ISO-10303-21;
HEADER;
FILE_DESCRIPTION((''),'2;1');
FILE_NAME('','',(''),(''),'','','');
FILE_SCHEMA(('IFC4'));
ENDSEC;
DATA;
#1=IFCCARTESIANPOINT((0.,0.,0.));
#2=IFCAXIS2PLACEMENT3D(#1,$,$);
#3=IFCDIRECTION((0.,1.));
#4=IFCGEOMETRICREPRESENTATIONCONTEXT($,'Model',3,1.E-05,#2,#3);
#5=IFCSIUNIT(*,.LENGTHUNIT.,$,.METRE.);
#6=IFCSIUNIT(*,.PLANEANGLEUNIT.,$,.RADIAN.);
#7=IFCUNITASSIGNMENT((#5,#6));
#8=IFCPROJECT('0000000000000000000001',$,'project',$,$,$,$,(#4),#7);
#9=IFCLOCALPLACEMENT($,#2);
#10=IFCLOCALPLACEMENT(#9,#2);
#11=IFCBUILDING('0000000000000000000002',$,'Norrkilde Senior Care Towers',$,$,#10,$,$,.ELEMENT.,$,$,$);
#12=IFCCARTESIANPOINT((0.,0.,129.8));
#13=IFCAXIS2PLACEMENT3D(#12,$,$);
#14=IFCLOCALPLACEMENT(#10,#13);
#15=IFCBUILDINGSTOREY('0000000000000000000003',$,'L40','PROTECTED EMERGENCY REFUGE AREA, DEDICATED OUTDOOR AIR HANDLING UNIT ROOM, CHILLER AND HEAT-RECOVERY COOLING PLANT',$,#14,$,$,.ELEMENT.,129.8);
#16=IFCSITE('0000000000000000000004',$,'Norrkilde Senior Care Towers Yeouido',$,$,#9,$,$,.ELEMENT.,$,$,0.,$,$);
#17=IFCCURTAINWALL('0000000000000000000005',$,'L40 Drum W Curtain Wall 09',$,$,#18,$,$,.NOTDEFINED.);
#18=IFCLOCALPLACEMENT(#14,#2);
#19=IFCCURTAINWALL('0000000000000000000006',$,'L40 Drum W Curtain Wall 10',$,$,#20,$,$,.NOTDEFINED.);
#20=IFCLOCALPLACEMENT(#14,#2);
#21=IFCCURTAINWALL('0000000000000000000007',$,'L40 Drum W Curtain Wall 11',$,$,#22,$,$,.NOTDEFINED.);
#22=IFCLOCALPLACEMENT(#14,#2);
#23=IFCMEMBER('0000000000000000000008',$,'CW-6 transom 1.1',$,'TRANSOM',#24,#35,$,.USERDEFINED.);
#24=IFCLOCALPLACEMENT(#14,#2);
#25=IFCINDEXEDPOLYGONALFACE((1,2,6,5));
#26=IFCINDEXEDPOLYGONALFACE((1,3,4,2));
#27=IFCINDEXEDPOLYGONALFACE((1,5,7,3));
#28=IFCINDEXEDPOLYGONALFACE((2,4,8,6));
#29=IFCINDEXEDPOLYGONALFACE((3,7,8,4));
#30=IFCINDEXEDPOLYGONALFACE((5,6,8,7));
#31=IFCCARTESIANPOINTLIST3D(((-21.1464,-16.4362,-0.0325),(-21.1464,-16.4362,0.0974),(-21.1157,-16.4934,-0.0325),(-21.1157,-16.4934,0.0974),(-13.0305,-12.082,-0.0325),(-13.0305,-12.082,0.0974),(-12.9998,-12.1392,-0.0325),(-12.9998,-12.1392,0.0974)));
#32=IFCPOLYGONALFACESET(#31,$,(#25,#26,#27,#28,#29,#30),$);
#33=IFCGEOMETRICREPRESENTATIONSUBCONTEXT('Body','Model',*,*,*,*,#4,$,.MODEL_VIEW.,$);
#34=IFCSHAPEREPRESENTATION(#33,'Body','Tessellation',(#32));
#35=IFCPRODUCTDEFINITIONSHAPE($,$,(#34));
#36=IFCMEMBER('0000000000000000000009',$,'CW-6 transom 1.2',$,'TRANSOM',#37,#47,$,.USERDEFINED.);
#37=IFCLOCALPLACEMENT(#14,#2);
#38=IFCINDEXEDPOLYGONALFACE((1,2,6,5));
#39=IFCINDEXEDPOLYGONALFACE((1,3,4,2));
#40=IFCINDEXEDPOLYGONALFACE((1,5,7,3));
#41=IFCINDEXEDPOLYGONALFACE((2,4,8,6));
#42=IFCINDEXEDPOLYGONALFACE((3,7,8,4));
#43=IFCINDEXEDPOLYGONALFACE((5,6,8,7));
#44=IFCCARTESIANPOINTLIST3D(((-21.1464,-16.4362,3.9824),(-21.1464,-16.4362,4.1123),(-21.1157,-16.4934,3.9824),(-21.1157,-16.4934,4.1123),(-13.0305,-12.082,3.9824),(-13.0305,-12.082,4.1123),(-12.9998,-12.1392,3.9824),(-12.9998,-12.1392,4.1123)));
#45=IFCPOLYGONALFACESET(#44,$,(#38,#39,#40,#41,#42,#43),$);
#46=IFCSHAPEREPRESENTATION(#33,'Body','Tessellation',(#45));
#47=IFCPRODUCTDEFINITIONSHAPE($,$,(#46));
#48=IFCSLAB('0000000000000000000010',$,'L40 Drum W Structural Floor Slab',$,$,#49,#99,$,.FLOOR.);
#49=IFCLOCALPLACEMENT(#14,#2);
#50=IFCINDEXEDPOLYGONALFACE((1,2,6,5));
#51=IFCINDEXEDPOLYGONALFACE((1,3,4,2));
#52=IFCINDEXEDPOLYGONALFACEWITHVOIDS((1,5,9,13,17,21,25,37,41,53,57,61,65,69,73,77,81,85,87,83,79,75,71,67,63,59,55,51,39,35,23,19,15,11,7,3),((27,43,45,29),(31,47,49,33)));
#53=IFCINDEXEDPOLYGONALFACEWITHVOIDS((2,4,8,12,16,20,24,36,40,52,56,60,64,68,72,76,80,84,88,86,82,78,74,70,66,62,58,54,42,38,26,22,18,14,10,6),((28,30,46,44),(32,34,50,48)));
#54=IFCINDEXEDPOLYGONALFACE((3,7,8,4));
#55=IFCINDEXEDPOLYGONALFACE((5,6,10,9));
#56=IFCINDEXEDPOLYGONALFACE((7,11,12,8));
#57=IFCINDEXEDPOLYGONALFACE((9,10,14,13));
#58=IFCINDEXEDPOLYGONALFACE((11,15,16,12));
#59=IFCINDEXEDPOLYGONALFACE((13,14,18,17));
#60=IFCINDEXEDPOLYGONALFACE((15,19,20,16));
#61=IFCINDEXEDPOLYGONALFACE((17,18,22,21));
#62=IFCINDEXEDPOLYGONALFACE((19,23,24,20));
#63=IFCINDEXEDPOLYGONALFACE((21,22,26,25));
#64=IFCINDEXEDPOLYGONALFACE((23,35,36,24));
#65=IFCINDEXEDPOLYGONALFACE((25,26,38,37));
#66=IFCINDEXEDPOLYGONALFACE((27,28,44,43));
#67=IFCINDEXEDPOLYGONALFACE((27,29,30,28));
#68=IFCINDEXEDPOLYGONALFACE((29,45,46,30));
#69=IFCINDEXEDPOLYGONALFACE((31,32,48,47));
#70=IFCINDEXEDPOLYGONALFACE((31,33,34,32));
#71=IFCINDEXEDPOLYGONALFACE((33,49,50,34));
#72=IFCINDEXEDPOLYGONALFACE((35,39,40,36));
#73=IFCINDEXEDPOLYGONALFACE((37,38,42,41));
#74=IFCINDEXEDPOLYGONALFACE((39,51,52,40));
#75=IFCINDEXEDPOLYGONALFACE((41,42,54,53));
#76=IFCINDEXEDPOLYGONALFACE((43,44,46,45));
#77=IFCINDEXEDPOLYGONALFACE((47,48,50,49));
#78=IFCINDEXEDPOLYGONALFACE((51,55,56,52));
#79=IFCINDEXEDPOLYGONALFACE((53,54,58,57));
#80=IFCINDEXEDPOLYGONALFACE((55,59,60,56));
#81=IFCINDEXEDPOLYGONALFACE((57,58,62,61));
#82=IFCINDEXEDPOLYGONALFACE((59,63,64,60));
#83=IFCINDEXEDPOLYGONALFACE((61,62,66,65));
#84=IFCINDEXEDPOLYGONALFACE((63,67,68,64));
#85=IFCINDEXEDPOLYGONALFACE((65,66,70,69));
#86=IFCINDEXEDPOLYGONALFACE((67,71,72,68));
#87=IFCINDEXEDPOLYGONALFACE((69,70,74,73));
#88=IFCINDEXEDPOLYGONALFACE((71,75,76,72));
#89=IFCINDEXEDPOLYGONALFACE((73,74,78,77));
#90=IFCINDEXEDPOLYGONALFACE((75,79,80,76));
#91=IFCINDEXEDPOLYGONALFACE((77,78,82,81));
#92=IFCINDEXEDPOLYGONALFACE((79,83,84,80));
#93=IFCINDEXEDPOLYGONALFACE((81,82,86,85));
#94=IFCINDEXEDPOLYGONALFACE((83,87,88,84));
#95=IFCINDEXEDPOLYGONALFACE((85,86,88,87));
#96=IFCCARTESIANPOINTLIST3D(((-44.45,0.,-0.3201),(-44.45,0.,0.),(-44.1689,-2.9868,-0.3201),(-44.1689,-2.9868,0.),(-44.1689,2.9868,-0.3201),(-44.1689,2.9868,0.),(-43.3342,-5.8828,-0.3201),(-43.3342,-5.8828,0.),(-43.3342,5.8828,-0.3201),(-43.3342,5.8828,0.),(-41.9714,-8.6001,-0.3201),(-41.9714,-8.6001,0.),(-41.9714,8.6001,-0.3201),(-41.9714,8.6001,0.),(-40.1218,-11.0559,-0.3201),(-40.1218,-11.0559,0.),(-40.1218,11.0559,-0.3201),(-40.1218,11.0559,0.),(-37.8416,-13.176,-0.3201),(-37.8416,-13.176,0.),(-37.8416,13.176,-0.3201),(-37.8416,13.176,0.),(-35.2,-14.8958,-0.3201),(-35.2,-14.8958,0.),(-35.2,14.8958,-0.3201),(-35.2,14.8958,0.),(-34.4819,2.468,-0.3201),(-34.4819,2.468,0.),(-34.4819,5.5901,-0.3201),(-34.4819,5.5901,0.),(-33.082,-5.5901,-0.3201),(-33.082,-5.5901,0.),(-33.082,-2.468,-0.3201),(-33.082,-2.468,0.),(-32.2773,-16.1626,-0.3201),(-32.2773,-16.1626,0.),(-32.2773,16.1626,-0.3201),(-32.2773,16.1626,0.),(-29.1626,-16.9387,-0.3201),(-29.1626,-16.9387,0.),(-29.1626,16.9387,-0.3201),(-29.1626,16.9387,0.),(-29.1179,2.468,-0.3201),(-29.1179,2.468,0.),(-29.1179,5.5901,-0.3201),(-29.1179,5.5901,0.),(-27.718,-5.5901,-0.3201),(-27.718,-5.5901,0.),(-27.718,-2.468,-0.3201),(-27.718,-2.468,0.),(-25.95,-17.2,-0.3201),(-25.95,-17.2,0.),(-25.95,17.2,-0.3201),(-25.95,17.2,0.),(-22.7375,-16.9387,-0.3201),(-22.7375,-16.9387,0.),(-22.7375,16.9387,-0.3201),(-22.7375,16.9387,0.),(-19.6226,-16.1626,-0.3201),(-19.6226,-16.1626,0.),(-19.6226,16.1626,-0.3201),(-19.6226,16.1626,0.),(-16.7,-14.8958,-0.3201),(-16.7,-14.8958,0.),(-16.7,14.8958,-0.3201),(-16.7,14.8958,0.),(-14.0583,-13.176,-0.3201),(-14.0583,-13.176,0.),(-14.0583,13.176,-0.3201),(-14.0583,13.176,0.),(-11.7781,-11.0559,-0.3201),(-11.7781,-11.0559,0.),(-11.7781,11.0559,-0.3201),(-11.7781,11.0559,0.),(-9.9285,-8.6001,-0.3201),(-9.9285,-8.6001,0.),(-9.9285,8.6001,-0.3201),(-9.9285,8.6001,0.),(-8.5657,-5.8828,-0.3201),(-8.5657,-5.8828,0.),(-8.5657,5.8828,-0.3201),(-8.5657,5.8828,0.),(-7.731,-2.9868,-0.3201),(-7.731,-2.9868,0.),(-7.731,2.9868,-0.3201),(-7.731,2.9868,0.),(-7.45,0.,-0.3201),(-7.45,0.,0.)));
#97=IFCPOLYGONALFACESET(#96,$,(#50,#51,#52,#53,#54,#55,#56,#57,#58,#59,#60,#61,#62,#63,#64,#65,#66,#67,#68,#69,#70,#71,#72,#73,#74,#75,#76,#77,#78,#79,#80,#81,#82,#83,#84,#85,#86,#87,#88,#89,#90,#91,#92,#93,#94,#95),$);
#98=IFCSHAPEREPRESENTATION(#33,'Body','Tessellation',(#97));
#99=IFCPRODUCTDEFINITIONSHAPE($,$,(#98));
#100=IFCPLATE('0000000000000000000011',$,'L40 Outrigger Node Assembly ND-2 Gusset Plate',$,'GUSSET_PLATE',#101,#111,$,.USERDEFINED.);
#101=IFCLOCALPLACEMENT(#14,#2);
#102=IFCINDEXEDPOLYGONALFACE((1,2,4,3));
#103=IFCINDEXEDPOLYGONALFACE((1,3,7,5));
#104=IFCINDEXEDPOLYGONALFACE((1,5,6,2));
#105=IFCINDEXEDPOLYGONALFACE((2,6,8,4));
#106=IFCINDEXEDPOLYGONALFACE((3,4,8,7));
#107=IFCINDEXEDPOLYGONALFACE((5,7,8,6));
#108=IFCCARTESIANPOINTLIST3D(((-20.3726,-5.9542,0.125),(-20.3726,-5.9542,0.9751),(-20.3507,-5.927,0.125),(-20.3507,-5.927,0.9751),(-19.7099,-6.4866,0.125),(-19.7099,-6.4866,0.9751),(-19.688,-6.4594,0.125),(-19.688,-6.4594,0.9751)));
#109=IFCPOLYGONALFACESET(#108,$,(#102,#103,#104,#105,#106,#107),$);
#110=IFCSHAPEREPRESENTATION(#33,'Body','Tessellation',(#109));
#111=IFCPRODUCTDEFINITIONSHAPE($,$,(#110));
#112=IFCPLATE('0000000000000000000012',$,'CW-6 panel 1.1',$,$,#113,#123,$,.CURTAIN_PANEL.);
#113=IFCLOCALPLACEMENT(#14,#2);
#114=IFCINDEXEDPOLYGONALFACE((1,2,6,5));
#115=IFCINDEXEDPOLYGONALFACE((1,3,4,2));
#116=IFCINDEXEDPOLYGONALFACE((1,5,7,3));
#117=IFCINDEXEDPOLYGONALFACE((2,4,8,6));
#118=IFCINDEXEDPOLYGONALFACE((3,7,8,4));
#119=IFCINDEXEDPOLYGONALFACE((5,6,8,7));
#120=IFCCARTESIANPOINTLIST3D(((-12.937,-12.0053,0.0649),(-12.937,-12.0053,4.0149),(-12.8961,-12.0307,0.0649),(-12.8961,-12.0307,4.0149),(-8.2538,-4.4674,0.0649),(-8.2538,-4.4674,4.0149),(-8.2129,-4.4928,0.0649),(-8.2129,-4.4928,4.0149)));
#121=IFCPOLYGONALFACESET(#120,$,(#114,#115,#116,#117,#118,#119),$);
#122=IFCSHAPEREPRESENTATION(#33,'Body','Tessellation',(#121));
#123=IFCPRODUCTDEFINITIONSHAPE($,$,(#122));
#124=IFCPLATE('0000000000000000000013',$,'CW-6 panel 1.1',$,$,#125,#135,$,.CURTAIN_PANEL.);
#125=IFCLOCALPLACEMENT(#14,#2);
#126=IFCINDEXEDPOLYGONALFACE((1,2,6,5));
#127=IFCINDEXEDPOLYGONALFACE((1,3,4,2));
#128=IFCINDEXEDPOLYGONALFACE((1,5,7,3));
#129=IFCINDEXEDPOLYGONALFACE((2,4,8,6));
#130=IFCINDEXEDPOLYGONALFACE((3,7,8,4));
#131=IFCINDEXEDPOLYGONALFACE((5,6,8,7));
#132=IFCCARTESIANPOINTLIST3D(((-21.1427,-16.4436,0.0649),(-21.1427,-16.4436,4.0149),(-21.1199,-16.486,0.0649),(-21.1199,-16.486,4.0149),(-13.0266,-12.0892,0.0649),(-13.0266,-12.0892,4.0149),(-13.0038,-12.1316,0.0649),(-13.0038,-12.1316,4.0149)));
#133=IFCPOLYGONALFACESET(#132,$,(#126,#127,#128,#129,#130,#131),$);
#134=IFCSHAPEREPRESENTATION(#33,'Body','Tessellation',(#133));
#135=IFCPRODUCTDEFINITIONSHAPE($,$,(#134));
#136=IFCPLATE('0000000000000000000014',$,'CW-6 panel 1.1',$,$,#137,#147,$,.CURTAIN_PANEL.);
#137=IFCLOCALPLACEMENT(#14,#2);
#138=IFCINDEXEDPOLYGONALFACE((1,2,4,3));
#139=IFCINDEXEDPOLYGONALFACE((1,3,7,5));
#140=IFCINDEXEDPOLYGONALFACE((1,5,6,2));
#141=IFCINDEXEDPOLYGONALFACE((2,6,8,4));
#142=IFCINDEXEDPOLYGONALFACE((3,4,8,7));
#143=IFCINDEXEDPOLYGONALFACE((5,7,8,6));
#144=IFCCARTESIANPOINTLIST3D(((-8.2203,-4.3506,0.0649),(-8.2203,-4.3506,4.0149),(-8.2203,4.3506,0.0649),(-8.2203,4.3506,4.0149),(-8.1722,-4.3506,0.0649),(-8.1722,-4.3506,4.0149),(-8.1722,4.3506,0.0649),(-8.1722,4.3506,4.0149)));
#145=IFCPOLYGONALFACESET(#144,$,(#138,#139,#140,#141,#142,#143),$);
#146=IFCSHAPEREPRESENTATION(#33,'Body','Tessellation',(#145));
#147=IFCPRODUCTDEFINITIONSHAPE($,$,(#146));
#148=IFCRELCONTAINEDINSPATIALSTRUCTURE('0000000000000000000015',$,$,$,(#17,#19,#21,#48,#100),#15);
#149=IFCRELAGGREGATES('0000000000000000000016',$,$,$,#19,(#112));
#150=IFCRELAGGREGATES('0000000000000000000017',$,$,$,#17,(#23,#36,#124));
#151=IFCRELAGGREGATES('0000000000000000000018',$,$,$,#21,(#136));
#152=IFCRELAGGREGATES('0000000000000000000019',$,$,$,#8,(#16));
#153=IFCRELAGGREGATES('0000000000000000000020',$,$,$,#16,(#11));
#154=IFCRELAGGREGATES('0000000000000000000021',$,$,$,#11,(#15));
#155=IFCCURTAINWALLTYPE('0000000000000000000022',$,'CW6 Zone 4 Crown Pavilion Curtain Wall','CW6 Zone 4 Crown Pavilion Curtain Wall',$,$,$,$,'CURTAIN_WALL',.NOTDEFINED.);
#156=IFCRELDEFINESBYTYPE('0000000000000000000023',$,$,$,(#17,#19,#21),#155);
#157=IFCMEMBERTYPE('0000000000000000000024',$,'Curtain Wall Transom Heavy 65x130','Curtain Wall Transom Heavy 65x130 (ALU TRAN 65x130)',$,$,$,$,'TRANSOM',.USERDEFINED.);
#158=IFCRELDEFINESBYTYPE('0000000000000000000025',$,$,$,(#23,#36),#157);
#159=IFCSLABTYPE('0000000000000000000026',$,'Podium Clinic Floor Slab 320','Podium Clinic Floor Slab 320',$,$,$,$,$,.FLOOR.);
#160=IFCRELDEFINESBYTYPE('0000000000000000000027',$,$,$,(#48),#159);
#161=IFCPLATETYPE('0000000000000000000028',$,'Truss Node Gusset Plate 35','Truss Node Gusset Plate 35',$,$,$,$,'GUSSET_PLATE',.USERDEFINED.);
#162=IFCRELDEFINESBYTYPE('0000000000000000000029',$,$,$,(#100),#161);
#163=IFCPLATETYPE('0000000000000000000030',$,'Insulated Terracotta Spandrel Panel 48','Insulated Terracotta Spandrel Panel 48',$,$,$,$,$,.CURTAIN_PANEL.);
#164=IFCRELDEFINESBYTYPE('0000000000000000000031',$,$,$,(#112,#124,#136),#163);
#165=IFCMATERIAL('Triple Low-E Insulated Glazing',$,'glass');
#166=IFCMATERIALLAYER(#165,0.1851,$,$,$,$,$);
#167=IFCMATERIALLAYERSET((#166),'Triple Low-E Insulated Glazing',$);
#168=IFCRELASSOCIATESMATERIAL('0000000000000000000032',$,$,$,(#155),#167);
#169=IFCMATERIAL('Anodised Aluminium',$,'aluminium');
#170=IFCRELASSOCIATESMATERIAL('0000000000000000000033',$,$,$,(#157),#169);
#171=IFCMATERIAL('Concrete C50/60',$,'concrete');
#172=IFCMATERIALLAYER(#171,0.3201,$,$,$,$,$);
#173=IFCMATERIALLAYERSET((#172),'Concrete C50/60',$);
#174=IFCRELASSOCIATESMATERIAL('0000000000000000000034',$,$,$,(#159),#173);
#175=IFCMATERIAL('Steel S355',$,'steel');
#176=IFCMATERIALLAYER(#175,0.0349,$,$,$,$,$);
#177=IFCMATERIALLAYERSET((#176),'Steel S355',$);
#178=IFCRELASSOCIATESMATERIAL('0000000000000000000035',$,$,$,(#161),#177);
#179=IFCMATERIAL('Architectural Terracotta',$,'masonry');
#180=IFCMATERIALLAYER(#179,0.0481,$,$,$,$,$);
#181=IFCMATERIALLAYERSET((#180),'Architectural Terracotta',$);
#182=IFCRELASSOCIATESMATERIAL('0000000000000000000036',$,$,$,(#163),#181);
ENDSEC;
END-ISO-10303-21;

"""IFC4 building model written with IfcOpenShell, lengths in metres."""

from ifc_helpers import new_model, si_unit, direction, frame, origin, origin_2d, place, context, subcontext, project, spatial, polyline, rectangle, outline, extrude, source, transform, mapped, material, layer, layer_set, material_profile, profile_set, type_object, type_shapes, element, aggregate, save


model = new_model("IFC4")

# Units and contexts
model_context = context("Model", 3, precision=1e-05, world=origin(), true_north=direction((0.0, 1.0)))
body_context = subcontext(model_context, "Body", "Model", "MODEL_VIEW")
ifc_project = project(units=[si_unit("LENGTHUNIT", "METRE"), si_unit("PLANEANGLEUNIT", "RADIAN")], contexts=[model_context])

# Site, building, storey
site_placement = place(None, origin())
site = spatial("IfcSite", under=ifc_project, at=site_placement, Name="Norrkilde Senior Care Towers Yeouido", CompositionType="ELEMENT", RefElevation=0.0)
building_placement = place(site_placement, origin())
building = spatial("IfcBuilding", under=site, at=building_placement, Name="Norrkilde Senior Care Towers", CompositionType="ELEMENT")
storey_placement = place(building_placement, frame((0.0, 0.0, 129.8)))
storey = spatial("IfcBuildingStorey", under=building, at=storey_placement, Name="L40", Description="PROTECTED EMERGENCY REFUGE AREA, DEDICATED OUTDOOR AIR HANDLING UNIT ROOM, CHILLER AND HEAT-RECOVERY COOLING PLANT", CompositionType="ELEMENT", Elevation=129.8)

# Shared definitions
ifc_material_1 = material(Name="Steel S355", Category="steel")

# Curtain wall
ifc_material_2 = material(Name="Triple Low-E Insulated Glazing", Category="glass")
ifc_layer_1 = layer(ifc_material_2, 0.1851)
ifc_layer_set_1 = layer_set([ifc_layer_1], Name="Triple Low-E Insulated Glazing")
curtain_wall_type = type_object("IfcCurtainWallType", Name="CW6 Zone 4 Crown Pavilion Curtain Wall", Description="CW6 Zone 4 Crown Pavilion Curtain Wall", ElementType="CURTAIN_WALL", PredefinedType="NOTDEFINED", material=ifc_layer_set_1)
curtain_wall_1_placement = place(storey_placement, origin())
curtain_wall_1 = element("IfcCurtainWall", 1, at=curtain_wall_1_placement, inside=storey, type_object=curtain_wall_type, Name="L40 Drum W Curtain Wall 09", PredefinedType="NOTDEFINED")
ifc_material_3 = material(Name="Anodised Aluminium", Category="aluminium")

# Curtain wall
curtain_wall_2_placement = place(storey_placement, origin())
curtain_wall_2 = element("IfcCurtainWall", 2, at=curtain_wall_2_placement, inside=storey, type_object=curtain_wall_type, Name="L40 Drum W Curtain Wall 10", PredefinedType="NOTDEFINED")

# Curtain wall
curtain_wall_3_placement = place(storey_placement, origin())
curtain_wall_3 = element("IfcCurtainWall", 3, at=curtain_wall_3_placement, inside=storey, type_object=curtain_wall_type, Name="L40 Drum W Curtain Wall 11", PredefinedType="NOTDEFINED")

# Members
ifc_material_profile_1 = material_profile(ifc_material_3, rectangle(XDim=0.0649, YDim=0.1299, at=origin_2d()), Name="ALU TRAN 65x130")
ifc_profile_set_1 = profile_set([ifc_material_profile_1], Name="Anodised Aluminium")
member_type_1 = type_object("IfcMemberType", Name="Curtain Wall Transom Heavy 65x130", Description="Curtain Wall Transom Heavy 65x130 (ALU TRAN 65x130)", ElementType="TRANSOM", PredefinedType="USERDEFINED", material=ifc_profile_set_1)
shared_shape_1 = source(origin(), body_context, "Body", "SweptSolid", [
    extrude(rectangle(XDim=0.0649, YDim=0.1299, at=origin_2d()), origin(), (0.0, 0.0, 1.0), 9.2102),
])
member_1_placement = place(storey_placement, frame((-13.0151, -12.1106, 0.0325), z_axis=(-0.88119, -0.472762, 0.0), x_axis=(0.472762, -0.88119, 0.0)))
member_1 = element("IfcMember", 4, at=member_1_placement, type_object=member_type_1, Name="CW-6 transom 1.1", ObjectType="TRANSOM", PredefinedType="USERDEFINED", context=body_context, shape_type="MappedRepresentation", body=[
    mapped(shared_shape_1, transform((0.0, 0.0, 0.0), x_axis=(1.0, 0.0, 0.0), y_axis=(0.0, 1.0, 0.0), z_axis=(0.0, 0.0, 1.0), scale=1.0)),
])
member_2_placement = place(storey_placement, frame((-13.0151, -12.1106, 4.0474), z_axis=(-0.88119, -0.472762, 0.0), x_axis=(0.472762, -0.88119, 0.0)))
member_2 = element("IfcMember", 5, at=member_2_placement, type_object=member_type_1, Name="CW-6 transom 1.2", ObjectType="TRANSOM", PredefinedType="USERDEFINED", context=body_context, shape_type="MappedRepresentation", body=[
    mapped(shared_shape_1, transform((0.0, 0.0, 0.0), x_axis=(1.0, 0.0, 0.0), y_axis=(0.0, 1.0, 0.0), z_axis=(0.0, 0.0, 1.0), scale=1.0)),
])

# Slab
ifc_material_4 = material(Name="Concrete C50/60", Category="concrete")
ifc_layer_2 = layer(ifc_material_4, 0.3201)
ifc_layer_set_2 = layer_set([ifc_layer_2], Name="Concrete C50/60")
slab_type = type_object("IfcSlabType", Name="Podium Clinic Floor Slab 320", Description="Podium Clinic Floor Slab 320", PredefinedType="FLOOR", material=ifc_layer_set_2)
slab_placement = place(storey_placement, frame((0.0, 0.0, -0.3201)))
element("IfcSlab", 6, at=slab_placement, inside=storey, type_object=slab_type, Name="L40 Drum W Structural Floor Slab", PredefinedType="FLOOR", context=body_context, shape_type="SweptSolid", body=[
    extrude(outline(polyline([(-8.5657, -5.8828), (-9.9285, -8.6001), (-11.7781, -11.0559), (-14.0583, -13.176), (-16.7, -14.8958), (-19.6226, -16.1626), (-22.7375, -16.9387), (-25.95, -17.2), (-29.1626, -16.9387), (-32.2773, -16.1626), (-35.2, -14.8958), (-37.8416, -13.176), (-40.1218, -11.0559), (-41.9714, -8.6001), (-43.3342, -5.8828), (-44.1689, -2.9868), (-44.45, 0.0), (-44.1689, 2.9868), (-43.3342, 5.8828), (-41.9714, 8.6001), (-40.1218, 11.0559), (-37.8416, 13.176), (-35.2, 14.8958), (-32.2773, 16.1626), (-29.1626, 16.9387), (-25.95, 17.2), (-22.7375, 16.9387), (-19.6226, 16.1626), (-16.7, 14.8958), (-14.0583, 13.176), (-11.7781, 11.0559), (-9.9285, 8.6001), (-8.5657, 5.8828), (-7.731, 2.9868), (-7.45, 0.0), (-7.731, -2.9868), (-8.5657, -5.8828)]), holes=[polyline([(-34.4819, 2.468), (-29.1179, 2.468), (-29.1179, 5.5901), (-34.4819, 5.5901), (-34.4819, 2.468)]), polyline([(-27.718, -5.5901), (-27.718, -2.468), (-33.082, -2.468), (-33.082, -5.5901), (-27.718, -5.5901)])]), origin(), (0.0, 0.0, 1.0), 0.3201),
])

# Plates
ifc_layer_3 = layer(ifc_material_1, 0.0349)
ifc_layer_set_3 = layer_set([ifc_layer_3], Name="Steel S355")
plate_type_1 = type_object("IfcPlateType", Name="Truss Node Gusset Plate 35", Description="Truss Node Gusset Plate 35", ElementType="GUSSET_PLATE", PredefinedType="USERDEFINED", material=ifc_layer_set_3)
shared_shape_2 = source(origin(), body_context, "Body", "SweptSolid", [
    extrude(rectangle(XDim=0.8501, YDim=0.0349, at=origin_2d()), origin(), (0.0, 0.0, 1.0), 0.8501),
])
type_shapes(plate_type_1, [shared_shape_2])
plate_1_placement = place(storey_placement, frame((-20.0303, -6.2068, 0.125), z_axis=(0.0, 0.0, 1.0), x_axis=(0.779572, -0.626313, 0.0)))
element("IfcPlate", 7, at=plate_1_placement, inside=storey, type_object=plate_type_1, Name="L40 Outrigger Node Assembly ND-2 Gusset Plate", ObjectType="GUSSET_PLATE", PredefinedType="USERDEFINED", context=body_context, shape_type="MappedRepresentation", body=[
    mapped(shared_shape_2, transform((0.0, 0.0, 0.0), x_axis=(1.0, 0.0, 0.0), y_axis=(0.0, 1.0, 0.0), z_axis=(0.0, 0.0, 1.0), scale=1.0)),
])
ifc_material_5 = material(Name="Architectural Terracotta", Category="masonry")
ifc_layer_4 = layer(ifc_material_5, 0.0481)
ifc_layer_set_4 = layer_set([ifc_layer_4], Name="Architectural Terracotta")
plate_type_2 = type_object("IfcPlateType", Name="Insulated Terracotta Spandrel Panel 48", Description="Insulated Terracotta Spandrel Panel 48", PredefinedType="CURTAIN_PANEL", material=ifc_layer_set_4)
shared_shape_3 = source(origin(), body_context, "Body", "SweptSolid", [
    extrude(rectangle(XDim=8.8743, YDim=0.0481, at=origin_2d()), origin(), (0.0, 0.0, 1.0), 3.95),
])
plate_2_placement = place(storey_placement, frame((-10.575, -8.249, 0.0649), z_axis=(0.0, 0.0, 1.0), x_axis=(-0.527733, -0.84941, 0.0)))
plate_2 = element("IfcPlate", 8, at=plate_2_placement, type_object=plate_type_2, Name="CW-6 panel 1.1", PredefinedType="CURTAIN_PANEL", context=body_context, shape_type="MappedRepresentation", body=[
    mapped(shared_shape_3, transform((0.0, 0.0, 0.0), x_axis=(1.0, 0.0, 0.0), y_axis=(0.0, 1.0, 0.0), z_axis=(0.0, 0.0, 1.0), scale=1.0)),
])
aggregate(curtain_wall_2, [plate_2])
shared_shape_4 = source(origin(), body_context, "Body", "SweptSolid", [
    extrude(rectangle(XDim=9.2104, YDim=0.0481, at=origin_2d()), origin(), (0.0, 0.0, 1.0), 3.95),
])
plate_3_placement = place(storey_placement, frame((-17.0732, -14.2876, 0.0649), z_axis=(0.0, 0.0, 1.0), x_axis=(-0.881186, -0.472769, 0.0)))
plate_3 = element("IfcPlate", 9, at=plate_3_placement, type_object=plate_type_2, Name="CW-6 panel 1.1", PredefinedType="CURTAIN_PANEL", context=body_context, shape_type="MappedRepresentation", body=[
    mapped(shared_shape_4, transform((0.0, 0.0, 0.0), x_axis=(1.0, 0.0, 0.0), y_axis=(0.0, 1.0, 0.0), z_axis=(0.0, 0.0, 1.0), scale=1.0)),
])
aggregate(curtain_wall_1, [member_1, member_2, plate_3])
shared_shape_5 = source(origin(), body_context, "Body", "SweptSolid", [
    extrude(rectangle(XDim=8.7012, YDim=0.0481, at=origin_2d()), origin(), (0.0, 0.0, 1.0), 3.95),
])
type_shapes(plate_type_2, [shared_shape_3, shared_shape_4, shared_shape_5])
plate_4_placement = place(storey_placement, frame((-8.1963, 0.0, 0.0649), z_axis=(0.0, 0.0, 1.0), x_axis=(0.0, -1.0, 0.0)))
plate_4 = element("IfcPlate", 10, at=plate_4_placement, type_object=plate_type_2, Name="CW-6 panel 1.1", PredefinedType="CURTAIN_PANEL", context=body_context, shape_type="MappedRepresentation", body=[
    mapped(shared_shape_5, transform((0.0, 0.0, 0.0), x_axis=(1.0, 0.0, 0.0), y_axis=(0.0, 1.0, 0.0), z_axis=(0.0, 0.0, 1.0), scale=1.0)),
])
aggregate(curtain_wall_3, [plate_4])

save(model, "model.ifc")
